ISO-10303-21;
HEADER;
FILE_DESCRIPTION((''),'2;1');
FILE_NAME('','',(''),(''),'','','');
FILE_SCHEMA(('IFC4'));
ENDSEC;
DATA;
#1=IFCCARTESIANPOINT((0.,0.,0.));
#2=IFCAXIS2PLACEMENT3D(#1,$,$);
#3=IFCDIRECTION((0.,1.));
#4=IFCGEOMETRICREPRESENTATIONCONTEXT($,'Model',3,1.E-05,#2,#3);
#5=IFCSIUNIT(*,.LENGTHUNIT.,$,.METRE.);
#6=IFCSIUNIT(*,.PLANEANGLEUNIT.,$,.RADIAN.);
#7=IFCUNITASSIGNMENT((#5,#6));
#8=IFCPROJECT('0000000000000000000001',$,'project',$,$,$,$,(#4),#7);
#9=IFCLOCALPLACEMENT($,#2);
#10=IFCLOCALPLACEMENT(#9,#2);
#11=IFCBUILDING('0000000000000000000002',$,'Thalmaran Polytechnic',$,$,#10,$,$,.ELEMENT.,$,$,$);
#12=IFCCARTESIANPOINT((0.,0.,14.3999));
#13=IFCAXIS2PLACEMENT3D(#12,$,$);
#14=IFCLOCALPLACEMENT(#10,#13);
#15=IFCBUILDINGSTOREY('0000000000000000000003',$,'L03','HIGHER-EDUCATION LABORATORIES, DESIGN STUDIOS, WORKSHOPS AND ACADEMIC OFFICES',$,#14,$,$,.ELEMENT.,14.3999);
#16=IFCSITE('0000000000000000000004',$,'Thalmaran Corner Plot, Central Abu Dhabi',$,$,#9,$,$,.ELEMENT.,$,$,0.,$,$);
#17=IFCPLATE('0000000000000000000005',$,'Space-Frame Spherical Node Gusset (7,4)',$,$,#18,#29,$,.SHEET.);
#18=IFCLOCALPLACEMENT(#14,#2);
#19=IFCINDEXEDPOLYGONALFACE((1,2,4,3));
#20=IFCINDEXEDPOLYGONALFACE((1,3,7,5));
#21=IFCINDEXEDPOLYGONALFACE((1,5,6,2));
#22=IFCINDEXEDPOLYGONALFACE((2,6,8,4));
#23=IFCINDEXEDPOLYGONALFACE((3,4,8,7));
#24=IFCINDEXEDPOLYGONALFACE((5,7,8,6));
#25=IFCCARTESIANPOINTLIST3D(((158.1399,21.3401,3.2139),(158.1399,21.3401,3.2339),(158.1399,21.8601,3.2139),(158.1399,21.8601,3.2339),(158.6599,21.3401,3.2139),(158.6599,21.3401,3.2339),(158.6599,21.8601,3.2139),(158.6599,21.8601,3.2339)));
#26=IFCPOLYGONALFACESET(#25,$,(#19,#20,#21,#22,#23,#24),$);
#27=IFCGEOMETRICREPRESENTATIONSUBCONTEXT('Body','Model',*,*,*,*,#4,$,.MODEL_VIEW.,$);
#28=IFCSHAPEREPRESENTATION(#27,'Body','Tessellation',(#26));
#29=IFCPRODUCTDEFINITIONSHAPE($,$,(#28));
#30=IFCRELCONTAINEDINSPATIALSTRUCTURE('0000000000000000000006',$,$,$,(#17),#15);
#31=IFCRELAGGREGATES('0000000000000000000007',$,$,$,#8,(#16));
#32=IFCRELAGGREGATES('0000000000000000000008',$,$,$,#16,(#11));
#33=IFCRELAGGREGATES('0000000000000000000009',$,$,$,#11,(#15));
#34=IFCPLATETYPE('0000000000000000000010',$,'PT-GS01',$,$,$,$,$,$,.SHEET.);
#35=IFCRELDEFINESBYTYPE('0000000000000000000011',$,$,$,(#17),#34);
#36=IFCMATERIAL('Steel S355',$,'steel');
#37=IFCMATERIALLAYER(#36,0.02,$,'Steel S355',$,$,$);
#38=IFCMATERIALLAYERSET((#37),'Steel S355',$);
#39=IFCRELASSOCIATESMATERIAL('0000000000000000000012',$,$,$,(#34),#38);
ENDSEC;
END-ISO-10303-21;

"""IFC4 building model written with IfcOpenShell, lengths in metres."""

from ifc_helpers import new_model, si_unit, direction, frame, origin, origin_2d, place, context, subcontext, project, spatial, rectangle, extrude, material, layer, layer_set, type_object, element, save


model = new_model("IFC4")

# Units and contexts
model_context = context("Model", 3, precision=1e-05, world=origin(), true_north=direction((0.0, 1.0)))
body_context = subcontext(model_context, "Body", "Model", "MODEL_VIEW")
ifc_project = project(units=[si_unit("LENGTHUNIT", "METRE"), si_unit("PLANEANGLEUNIT", "RADIAN")], contexts=[model_context])

# Site, building, storey
site_placement = place(None, origin())
site = spatial("IfcSite", under=ifc_project, at=site_placement, Name="Thalmaran Corner Plot, Central Abu Dhabi", CompositionType="ELEMENT", RefElevation=0.0)
building_placement = place(site_placement, origin())
building = spatial("IfcBuilding", under=site, at=building_placement, Name="Thalmaran Polytechnic", CompositionType="ELEMENT")
storey_placement = place(building_placement, frame((0.0, 0.0, 14.3999)))
storey = spatial("IfcBuildingStorey", under=building, at=storey_placement, Name="L03", Description="HIGHER-EDUCATION LABORATORIES, DESIGN STUDIOS, WORKSHOPS AND ACADEMIC OFFICES", CompositionType="ELEMENT", Elevation=14.3999)

# Shared definitions
ifc_material = material(Name="Steel S355", Category="steel")

# Plate
ifc_layer = layer(ifc_material, 0.02, Name="Steel S355")
ifc_layer_set = layer_set([ifc_layer], Name="Steel S355")
plate_type = type_object("IfcPlateType", Name="PT-GS01", PredefinedType="SHEET", material=ifc_layer_set)
for number, where, z_axis, x_axis, name in (
    (1, (158.3999, 21.6001, 3.2139), (0.0, 0.0, 1.0), (1.0, 0.0, 0.0), "Space-Frame Spherical Node Gusset (7,4)"),
):
    element("IfcPlate", number, at=place(storey_placement, frame(where, z_axis=z_axis, x_axis=x_axis)), inside=storey, type_object=plate_type, Name=name, PredefinedType="SHEET", context=body_context, shape_type="SweptSolid", body=[
        extrude(rectangle(XDim=0.52, YDim=0.52, at=origin_2d()), origin(), (0.0, 0.0, 1.0), 0.02),
    ])

save(model, "model.ifc")
